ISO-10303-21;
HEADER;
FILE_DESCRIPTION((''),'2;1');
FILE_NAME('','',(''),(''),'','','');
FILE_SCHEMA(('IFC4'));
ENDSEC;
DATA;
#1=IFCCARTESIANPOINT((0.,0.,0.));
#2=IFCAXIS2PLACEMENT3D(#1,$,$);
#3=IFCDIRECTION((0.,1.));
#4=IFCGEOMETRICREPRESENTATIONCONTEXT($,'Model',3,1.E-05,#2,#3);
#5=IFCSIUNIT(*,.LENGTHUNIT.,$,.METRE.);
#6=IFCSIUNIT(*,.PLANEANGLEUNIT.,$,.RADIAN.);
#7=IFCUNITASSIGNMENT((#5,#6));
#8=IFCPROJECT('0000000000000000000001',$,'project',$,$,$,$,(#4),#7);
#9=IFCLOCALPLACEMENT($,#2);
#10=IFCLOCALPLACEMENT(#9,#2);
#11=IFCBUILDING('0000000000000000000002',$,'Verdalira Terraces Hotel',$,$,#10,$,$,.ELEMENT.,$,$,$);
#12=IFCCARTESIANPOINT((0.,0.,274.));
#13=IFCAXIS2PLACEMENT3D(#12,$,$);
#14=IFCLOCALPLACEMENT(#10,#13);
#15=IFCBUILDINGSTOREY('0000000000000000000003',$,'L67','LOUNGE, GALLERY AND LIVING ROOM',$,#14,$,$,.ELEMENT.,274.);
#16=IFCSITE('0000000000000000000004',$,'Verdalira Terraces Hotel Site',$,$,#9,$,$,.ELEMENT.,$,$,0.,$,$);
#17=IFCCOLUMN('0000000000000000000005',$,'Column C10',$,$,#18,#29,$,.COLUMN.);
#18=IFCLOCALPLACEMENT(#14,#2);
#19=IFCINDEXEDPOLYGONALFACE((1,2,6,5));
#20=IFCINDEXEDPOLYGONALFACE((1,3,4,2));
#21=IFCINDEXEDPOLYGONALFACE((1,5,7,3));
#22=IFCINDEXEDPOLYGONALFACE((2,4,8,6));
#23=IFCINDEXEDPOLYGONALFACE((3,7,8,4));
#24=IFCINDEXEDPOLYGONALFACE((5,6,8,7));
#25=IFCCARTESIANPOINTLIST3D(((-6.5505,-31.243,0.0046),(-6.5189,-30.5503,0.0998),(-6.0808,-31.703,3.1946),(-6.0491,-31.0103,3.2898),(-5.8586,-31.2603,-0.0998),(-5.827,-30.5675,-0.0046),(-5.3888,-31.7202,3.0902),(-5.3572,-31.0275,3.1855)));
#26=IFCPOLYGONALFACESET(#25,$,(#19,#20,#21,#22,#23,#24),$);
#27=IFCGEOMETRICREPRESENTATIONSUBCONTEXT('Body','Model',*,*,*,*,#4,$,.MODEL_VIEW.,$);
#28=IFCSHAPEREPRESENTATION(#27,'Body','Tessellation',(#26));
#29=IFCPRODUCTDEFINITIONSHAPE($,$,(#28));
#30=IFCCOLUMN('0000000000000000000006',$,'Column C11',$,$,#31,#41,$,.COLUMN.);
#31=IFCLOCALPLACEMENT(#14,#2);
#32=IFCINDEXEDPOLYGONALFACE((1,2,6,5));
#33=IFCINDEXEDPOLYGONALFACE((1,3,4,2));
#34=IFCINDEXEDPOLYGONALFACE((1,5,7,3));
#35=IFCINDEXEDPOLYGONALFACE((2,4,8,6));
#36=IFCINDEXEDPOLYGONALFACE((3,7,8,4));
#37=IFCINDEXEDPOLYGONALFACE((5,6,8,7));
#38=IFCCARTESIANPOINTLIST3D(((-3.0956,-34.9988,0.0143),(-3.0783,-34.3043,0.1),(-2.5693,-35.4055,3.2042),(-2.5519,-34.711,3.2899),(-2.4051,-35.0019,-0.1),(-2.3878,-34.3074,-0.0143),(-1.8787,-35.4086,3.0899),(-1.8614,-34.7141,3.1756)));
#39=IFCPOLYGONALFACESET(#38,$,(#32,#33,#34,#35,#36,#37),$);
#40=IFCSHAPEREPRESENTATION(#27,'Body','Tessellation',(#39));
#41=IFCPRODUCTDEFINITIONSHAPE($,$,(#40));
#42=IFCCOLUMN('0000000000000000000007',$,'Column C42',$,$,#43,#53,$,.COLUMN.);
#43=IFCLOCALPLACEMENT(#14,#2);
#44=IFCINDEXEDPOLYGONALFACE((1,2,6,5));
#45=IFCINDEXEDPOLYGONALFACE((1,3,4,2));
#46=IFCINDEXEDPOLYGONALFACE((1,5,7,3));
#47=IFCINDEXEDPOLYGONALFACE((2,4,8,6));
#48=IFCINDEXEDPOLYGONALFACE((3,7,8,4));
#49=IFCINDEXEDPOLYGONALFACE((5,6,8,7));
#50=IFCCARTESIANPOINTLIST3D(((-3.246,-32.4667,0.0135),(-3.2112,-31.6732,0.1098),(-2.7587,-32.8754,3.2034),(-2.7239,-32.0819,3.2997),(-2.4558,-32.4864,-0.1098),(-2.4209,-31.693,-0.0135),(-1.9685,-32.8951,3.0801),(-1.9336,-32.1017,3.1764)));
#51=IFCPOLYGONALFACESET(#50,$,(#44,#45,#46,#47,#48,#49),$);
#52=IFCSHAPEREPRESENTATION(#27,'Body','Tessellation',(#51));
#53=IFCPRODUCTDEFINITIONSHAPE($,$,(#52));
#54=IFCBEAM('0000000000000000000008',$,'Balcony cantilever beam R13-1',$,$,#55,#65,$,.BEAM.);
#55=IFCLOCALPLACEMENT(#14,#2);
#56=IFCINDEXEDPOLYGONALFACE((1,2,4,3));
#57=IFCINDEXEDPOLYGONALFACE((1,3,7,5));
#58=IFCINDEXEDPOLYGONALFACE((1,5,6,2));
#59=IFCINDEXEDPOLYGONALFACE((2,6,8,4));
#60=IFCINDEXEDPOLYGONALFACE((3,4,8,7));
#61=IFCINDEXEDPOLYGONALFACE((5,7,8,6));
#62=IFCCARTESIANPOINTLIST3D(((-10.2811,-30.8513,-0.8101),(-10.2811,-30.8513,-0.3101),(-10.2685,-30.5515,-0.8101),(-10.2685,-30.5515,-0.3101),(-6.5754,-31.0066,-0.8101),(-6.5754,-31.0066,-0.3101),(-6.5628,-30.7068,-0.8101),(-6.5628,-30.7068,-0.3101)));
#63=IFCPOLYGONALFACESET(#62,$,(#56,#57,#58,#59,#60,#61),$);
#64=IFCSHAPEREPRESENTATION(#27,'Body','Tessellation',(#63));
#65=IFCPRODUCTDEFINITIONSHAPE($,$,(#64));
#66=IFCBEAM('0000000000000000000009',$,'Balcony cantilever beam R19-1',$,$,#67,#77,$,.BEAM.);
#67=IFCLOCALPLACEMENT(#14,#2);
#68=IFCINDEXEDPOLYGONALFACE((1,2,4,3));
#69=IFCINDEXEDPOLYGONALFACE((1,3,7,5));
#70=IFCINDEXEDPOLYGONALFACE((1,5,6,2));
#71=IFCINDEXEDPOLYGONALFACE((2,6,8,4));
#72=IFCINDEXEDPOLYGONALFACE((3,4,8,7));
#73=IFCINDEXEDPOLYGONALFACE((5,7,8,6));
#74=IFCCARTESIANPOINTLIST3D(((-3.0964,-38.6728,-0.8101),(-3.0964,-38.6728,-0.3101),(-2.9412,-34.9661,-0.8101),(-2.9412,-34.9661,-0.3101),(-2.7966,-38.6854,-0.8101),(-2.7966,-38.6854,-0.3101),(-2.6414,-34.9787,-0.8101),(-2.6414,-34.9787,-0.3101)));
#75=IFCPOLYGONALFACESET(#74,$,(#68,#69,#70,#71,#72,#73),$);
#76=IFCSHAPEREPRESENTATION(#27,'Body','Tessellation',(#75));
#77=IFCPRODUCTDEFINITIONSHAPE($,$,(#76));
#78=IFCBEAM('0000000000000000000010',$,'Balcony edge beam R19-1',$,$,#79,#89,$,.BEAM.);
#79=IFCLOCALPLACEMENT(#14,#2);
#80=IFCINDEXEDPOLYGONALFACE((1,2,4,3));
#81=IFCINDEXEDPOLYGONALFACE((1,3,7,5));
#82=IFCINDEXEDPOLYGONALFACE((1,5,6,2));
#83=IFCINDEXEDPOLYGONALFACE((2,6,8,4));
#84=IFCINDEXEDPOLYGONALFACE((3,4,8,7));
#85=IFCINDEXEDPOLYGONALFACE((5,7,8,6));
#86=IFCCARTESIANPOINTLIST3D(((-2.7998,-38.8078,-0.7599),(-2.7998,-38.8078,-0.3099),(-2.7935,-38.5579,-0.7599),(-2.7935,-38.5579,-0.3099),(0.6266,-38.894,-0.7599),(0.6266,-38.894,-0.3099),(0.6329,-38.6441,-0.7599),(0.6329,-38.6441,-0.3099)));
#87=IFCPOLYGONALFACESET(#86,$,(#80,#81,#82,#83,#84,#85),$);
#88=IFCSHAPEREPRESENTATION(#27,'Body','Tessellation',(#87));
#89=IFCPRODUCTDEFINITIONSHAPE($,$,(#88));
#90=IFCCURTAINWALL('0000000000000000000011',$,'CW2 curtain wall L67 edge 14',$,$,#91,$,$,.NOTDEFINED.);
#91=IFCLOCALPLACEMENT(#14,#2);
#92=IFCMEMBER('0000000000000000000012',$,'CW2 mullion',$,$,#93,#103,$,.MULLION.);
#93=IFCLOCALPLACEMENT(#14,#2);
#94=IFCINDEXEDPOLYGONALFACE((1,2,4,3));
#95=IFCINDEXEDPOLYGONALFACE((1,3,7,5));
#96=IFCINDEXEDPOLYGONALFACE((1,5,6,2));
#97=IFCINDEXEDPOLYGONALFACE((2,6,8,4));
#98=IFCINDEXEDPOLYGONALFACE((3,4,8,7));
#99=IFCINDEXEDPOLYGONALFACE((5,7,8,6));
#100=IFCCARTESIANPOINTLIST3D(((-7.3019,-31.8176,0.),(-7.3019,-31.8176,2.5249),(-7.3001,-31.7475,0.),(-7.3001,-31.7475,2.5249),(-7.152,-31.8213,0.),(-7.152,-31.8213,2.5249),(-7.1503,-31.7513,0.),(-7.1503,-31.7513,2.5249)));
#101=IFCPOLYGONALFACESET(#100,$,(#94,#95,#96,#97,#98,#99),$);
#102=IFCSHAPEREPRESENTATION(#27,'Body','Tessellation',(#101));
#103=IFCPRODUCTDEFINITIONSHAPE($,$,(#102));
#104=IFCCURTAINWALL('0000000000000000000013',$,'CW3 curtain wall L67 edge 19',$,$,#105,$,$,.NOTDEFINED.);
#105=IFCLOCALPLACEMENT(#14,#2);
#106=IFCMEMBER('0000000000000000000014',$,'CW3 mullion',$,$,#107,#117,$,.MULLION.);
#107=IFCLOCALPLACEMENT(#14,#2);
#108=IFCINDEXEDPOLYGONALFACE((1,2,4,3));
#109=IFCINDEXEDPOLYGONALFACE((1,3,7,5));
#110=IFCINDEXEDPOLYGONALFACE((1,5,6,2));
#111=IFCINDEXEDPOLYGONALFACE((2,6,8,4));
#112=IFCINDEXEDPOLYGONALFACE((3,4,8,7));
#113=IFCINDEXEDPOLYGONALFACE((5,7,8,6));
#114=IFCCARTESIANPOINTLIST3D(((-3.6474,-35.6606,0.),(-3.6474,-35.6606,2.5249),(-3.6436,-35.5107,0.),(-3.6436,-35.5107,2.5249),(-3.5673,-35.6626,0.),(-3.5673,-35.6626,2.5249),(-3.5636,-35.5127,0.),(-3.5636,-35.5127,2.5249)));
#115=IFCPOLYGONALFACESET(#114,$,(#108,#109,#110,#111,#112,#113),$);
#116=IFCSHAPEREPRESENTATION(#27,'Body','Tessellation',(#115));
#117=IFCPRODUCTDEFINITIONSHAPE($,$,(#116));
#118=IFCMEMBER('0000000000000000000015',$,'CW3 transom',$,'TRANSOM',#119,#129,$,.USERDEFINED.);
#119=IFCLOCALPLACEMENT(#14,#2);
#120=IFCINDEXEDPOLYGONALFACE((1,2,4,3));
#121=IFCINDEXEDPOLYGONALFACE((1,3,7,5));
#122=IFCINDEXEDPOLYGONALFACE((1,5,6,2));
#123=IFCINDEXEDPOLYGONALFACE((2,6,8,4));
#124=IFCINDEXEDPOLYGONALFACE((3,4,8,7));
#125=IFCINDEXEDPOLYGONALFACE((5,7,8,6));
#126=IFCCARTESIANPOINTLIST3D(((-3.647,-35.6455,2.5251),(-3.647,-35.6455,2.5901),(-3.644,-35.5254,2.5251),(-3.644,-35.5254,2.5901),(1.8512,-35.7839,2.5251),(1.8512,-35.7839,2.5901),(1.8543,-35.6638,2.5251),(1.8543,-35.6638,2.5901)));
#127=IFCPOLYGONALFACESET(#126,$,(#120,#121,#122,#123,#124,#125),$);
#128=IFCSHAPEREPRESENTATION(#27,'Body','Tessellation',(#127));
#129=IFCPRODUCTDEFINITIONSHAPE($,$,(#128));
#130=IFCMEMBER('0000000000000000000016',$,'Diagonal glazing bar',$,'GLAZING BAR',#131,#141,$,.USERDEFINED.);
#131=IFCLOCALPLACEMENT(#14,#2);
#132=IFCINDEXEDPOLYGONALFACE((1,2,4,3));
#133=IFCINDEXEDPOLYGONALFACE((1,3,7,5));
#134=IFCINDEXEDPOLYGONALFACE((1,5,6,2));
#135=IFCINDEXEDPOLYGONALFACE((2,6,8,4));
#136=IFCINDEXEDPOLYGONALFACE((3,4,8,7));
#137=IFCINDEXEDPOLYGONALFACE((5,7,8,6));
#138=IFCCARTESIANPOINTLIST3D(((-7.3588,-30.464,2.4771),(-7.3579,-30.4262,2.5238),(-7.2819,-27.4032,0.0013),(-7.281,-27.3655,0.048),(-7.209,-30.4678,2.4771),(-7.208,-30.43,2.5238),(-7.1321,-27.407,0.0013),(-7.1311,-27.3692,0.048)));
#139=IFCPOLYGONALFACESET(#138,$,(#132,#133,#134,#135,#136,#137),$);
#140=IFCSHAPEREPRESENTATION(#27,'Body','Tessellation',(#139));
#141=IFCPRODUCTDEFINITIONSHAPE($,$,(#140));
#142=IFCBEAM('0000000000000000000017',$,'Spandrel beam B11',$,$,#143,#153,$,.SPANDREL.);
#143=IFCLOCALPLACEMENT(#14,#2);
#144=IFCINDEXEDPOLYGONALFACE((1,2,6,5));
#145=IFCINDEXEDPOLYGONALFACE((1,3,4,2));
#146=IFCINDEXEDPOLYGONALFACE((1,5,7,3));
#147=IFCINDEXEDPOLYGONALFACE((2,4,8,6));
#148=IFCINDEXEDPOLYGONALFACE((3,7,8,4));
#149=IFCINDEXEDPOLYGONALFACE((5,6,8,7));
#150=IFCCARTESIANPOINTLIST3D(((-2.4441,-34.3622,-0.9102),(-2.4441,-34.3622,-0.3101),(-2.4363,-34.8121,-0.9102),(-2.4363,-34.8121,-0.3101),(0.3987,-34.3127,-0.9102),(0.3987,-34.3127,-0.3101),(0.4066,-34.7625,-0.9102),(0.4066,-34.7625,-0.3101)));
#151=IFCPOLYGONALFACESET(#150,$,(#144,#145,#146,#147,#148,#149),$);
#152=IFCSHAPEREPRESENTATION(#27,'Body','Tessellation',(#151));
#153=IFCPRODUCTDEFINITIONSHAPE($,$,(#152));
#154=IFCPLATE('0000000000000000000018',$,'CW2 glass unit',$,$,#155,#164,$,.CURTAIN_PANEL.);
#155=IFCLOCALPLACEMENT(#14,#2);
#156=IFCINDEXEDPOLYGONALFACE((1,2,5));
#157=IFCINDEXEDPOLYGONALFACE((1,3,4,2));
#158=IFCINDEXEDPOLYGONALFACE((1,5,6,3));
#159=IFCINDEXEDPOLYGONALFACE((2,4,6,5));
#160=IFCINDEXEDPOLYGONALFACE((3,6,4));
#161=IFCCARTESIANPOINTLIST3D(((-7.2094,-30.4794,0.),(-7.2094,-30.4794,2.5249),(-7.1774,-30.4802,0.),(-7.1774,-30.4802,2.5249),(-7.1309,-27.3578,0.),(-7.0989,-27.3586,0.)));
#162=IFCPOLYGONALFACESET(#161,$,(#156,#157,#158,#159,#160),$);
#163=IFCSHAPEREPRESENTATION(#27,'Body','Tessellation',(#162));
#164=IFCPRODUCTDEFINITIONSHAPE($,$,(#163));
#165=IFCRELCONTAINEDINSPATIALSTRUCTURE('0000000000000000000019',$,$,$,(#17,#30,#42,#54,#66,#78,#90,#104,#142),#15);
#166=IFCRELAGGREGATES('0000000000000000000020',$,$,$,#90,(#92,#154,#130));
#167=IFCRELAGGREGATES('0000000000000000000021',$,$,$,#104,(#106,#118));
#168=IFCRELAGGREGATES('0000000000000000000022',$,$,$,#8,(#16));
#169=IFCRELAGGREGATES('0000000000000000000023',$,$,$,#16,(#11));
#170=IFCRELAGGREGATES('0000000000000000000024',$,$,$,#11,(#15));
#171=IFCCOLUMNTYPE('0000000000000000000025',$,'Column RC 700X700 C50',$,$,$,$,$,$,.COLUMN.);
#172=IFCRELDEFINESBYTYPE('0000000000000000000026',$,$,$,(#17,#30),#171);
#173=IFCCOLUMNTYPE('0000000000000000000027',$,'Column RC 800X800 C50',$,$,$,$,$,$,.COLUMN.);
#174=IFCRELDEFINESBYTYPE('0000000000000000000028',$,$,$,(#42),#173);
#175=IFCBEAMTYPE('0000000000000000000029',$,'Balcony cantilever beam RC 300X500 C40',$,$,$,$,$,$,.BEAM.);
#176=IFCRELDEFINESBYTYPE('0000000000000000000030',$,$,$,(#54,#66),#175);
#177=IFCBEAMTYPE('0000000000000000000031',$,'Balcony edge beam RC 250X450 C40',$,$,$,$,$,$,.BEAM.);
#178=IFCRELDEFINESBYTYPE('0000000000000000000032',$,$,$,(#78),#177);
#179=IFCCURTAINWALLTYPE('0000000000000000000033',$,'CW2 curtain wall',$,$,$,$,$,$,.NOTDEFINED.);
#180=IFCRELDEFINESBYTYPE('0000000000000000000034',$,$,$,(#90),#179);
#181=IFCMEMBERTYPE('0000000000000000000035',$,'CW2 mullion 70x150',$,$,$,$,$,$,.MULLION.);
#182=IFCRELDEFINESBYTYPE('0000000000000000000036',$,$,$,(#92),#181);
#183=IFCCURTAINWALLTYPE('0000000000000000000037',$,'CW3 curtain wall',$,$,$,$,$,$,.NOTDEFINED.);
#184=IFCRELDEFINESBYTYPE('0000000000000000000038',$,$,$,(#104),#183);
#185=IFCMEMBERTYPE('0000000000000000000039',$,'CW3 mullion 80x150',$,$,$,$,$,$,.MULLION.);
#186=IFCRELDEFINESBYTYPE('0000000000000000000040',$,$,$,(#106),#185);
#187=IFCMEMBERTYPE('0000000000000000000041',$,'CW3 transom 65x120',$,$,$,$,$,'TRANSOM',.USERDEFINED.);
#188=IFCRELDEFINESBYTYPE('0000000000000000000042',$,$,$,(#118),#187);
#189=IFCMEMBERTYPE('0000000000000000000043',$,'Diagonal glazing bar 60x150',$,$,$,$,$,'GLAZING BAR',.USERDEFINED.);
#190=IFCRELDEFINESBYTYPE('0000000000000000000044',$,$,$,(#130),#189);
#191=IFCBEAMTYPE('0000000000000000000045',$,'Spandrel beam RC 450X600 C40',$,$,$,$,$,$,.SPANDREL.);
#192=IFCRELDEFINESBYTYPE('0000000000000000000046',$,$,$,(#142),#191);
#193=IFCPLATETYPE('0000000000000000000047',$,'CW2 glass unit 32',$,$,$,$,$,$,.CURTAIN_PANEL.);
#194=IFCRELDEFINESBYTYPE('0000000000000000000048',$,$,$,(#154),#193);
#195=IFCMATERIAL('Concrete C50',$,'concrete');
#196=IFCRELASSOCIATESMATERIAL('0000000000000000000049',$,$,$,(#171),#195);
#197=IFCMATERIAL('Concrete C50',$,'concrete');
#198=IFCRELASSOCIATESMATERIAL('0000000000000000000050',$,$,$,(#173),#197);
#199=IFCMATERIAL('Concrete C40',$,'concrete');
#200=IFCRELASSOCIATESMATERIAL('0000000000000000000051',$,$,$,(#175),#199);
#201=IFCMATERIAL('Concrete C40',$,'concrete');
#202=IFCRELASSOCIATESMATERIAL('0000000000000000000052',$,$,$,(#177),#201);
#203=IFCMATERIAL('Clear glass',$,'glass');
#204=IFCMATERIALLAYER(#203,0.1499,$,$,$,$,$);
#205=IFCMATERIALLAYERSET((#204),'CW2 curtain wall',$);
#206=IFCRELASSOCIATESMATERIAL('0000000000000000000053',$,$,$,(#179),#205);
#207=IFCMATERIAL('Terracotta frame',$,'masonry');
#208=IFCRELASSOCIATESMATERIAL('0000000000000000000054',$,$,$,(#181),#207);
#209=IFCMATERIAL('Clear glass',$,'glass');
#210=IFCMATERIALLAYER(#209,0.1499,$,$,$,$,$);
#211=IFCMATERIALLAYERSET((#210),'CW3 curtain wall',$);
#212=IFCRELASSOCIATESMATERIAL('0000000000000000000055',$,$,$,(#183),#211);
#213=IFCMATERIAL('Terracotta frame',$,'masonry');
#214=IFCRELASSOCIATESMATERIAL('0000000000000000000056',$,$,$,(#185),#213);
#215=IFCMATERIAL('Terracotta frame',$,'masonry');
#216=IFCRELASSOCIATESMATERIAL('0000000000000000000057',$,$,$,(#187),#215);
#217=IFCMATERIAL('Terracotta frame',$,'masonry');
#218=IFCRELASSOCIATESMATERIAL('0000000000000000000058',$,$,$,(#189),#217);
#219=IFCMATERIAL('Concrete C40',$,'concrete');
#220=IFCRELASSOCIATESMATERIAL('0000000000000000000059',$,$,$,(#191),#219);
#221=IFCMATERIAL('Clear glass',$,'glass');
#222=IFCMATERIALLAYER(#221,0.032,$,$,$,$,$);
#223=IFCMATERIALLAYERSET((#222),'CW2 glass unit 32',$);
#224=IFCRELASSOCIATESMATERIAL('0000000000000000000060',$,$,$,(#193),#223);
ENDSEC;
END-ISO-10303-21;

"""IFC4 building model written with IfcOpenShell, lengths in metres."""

from ifc_helpers import new_model, si_unit, direction, frame, origin, origin_2d, place, context, subcontext, project, spatial, polyline, rectangle, outline, extrude, material, layer, layer_set, material_profile, profile_set, type_object, element, aggregate, save


model = new_model("IFC4")

# Units and contexts
model_context = context("Model", 3, precision=1e-05, world=origin(), true_north=direction((0.0, 1.0)))
body_context = subcontext(model_context, "Body", "Model", "MODEL_VIEW")
ifc_project = project(units=[si_unit("LENGTHUNIT", "METRE"), si_unit("PLANEANGLEUNIT", "RADIAN")], contexts=[model_context])

# Site, building, storey
site_placement = place(None, origin())
site = spatial("IfcSite", under=ifc_project, at=site_placement, Name="Verdalira Terraces Hotel Site", CompositionType="ELEMENT", RefElevation=0.0)
building_placement = place(site_placement, origin())
building = spatial("IfcBuilding", under=site, at=building_placement, Name="Verdalira Terraces Hotel", CompositionType="ELEMENT")
storey_placement = place(building_placement, frame((0.0, 0.0, 274.0)))
storey = spatial("IfcBuildingStorey", under=building, at=storey_placement, Name="L67", Description="LOUNGE, GALLERY AND LIVING ROOM", CompositionType="ELEMENT", Elevation=274.0)

# Columns
ifc_material_1 = material(Name="Concrete C50", Category="concrete")
ifc_material_profile_1 = material_profile(ifc_material_1, rectangle(XDim=0.7, YDim=0.7, at=origin_2d()), Name="RC 700X700")
ifc_profile_set_1 = profile_set([ifc_material_profile_1], Name="Concrete C50")
column_type_1 = type_object("IfcColumnType", Name="Column RC 700X700 C50", PredefinedType="COLUMN", material=ifc_profile_set_1)
column_1_placement = place(storey_placement, frame((-6.1887, -30.9053, 0.0), z_axis=(0.144221, -0.141223, 0.979416), x_axis=(-0.04519, -0.989671, -0.136047)))
element("IfcColumn", 1, at=column_1_placement, inside=storey, type_object=column_type_1, Name="Column C10", PredefinedType="COLUMN", context=body_context, shape_type="SweptSolid", body=[
    extrude(rectangle(XDim=0.7, YDim=0.7, at=origin_2d()), origin(), (0.0, 0.0, 1.0), 3.2571),
])
column_2_placement = place(storey_placement, frame((-2.7417, -34.6531, 0.0), z_axis=(0.161534, -0.124821, 0.978942), x_axis=(0.986557, -0.004441, -0.163356)))
element("IfcColumn", 2, at=column_2_placement, inside=storey, type_object=column_type_1, Name="Column C11", PredefinedType="COLUMN", context=body_context, shape_type="SweptSolid", body=[
    extrude(rectangle(XDim=0.7, YDim=0.7, at=origin_2d()), origin(), (0.0, 0.0, 1.0), 3.2585),
])
ifc_material_2 = material(Name="Concrete C50", Category="concrete")
ifc_material_profile_2 = material_profile(ifc_material_2, rectangle(XDim=0.8, YDim=0.8, at=origin_2d()), Name="RC 800X800")
ifc_profile_set_2 = profile_set([ifc_material_profile_2], Name="Concrete C50")
column_type_2 = type_object("IfcColumnType", Name="Column RC 800X800 C50", PredefinedType="COLUMN", material=ifc_profile_set_2)
column_3_placement = place(storey_placement, frame((-2.8335, -32.0798, 0.0), z_axis=(0.149814, -0.125646, 0.980698), x_axis=(-0.043559, -0.991768, -0.12041)))
element("IfcColumn", 3, at=column_3_placement, inside=storey, type_object=column_type_2, Name="Column C42", PredefinedType="COLUMN", context=body_context, shape_type="SweptSolid", body=[
    extrude(rectangle(XDim=0.8, YDim=0.8, at=origin_2d()), origin(), (0.0, 0.0, 1.0), 3.2527),
])

# Beams
ifc_material_3 = material(Name="Concrete C40", Category="concrete")
ifc_material_profile_3 = material_profile(ifc_material_3, rectangle(XDim=0.3, YDim=0.5, at=origin_2d()), Name="RC 300X500")
ifc_profile_set_3 = profile_set([ifc_material_profile_3], Name="Concrete C40")
beam_type_1 = type_object("IfcBeamType", Name="Balcony cantilever beam RC 300X500 C40", PredefinedType="BEAM", material=ifc_profile_set_3)
beam_1_placement = place(storey_placement, frame((-6.5691, -30.8567, -0.5601), z_axis=(-0.999123, 0.041863, 0.0), x_axis=(-0.041863, -0.999123, 0.0)))
element("IfcBeam", 4, at=beam_1_placement, inside=storey, type_object=beam_type_1, Name="Balcony cantilever beam R13-1", PredefinedType="BEAM", context=body_context, shape_type="SweptSolid", body=[
    extrude(rectangle(XDim=0.3, YDim=0.5, at=origin_2d()), origin(), (0.0, 0.0, 1.0), 3.709),
])
beam_2_placement = place(storey_placement, frame((-2.7913, -34.9724, -0.5601), z_axis=(-0.041852, -0.999124, 0.0), x_axis=(0.999124, -0.041852, 0.0)))
element("IfcBeam", 5, at=beam_2_placement, inside=storey, type_object=beam_type_1, Name="Balcony cantilever beam R19-1", PredefinedType="BEAM", context=body_context, shape_type="SweptSolid", body=[
    extrude(rectangle(XDim=0.3, YDim=0.5, at=origin_2d()), origin(), (0.0, 0.0, 1.0), 3.71),
])
ifc_material_4 = material(Name="Concrete C40", Category="concrete")
ifc_material_profile_4 = material_profile(ifc_material_4, rectangle(XDim=0.25, YDim=0.45, at=origin_2d()), Name="RC 250X450")
ifc_profile_set_4 = profile_set([ifc_material_profile_4], Name="Concrete C40")
beam_type_2 = type_object("IfcBeamType", Name="Balcony edge beam RC 250X450 C40", PredefinedType="BEAM", material=ifc_profile_set_4)
beam_3_placement = place(storey_placement, frame((-2.7966, -38.6829, -0.5349), z_axis=(0.999684, -0.025143, 0.0), x_axis=(0.025143, 0.999684, 0.0)))
element("IfcBeam", 6, at=beam_3_placement, inside=storey, type_object=beam_type_2, Name="Balcony edge beam R19-1", PredefinedType="BEAM", context=body_context, shape_type="SweptSolid", body=[
    extrude(rectangle(XDim=0.25, YDim=0.45, at=origin_2d()), origin(), (0.0, 0.0, 1.0), 3.4275),
])

# Curtain wall, member
ifc_material_5 = material(Name="Clear glass", Category="glass")
ifc_layer_1 = layer(ifc_material_5, 0.1499)
ifc_layer_set_1 = layer_set([ifc_layer_1], Name="CW2 curtain wall")
curtain_wall_type_1 = type_object("IfcCurtainWallType", Name="CW2 curtain wall", PredefinedType="NOTDEFINED", material=ifc_layer_set_1)
curtain_wall_1_placement = place(storey_placement, origin())
curtain_wall_1 = element("IfcCurtainWall", 7, at=curtain_wall_1_placement, inside=storey, type_object=curtain_wall_type_1, Name="CW2 curtain wall L67 edge 14", PredefinedType="NOTDEFINED")
ifc_material_6 = material(Name="Terracotta frame", Category="masonry")
ifc_material_profile_5 = material_profile(ifc_material_6, rectangle(XDim=0.0701, YDim=0.1499, at=origin_2d()), Name="MU 70x150")
ifc_profile_set_5 = profile_set([ifc_material_profile_5], Name="Terracotta frame")
member_type_1 = type_object("IfcMemberType", Name="CW2 mullion 70x150", PredefinedType="MULLION", material=ifc_profile_set_5)
member_1_placement = place(storey_placement, frame((-7.2261, -31.7844, 0.0), z_axis=(0.0, 0.0, 1.0), x_axis=(-0.02513, -0.999684, 0.0)))
member_1 = element("IfcMember", 8, at=member_1_placement, type_object=member_type_1, Name="CW2 mullion", PredefinedType="MULLION", context=body_context, shape_type="SweptSolid", body=[
    extrude(rectangle(XDim=0.0701, YDim=0.1499, at=origin_2d()), origin(), (0.0, 0.0, 1.0), 2.5249),
])

# Curtain wall, members
ifc_material_7 = material(Name="Clear glass", Category="glass")
ifc_layer_2 = layer(ifc_material_7, 0.1499)
ifc_layer_set_2 = layer_set([ifc_layer_2], Name="CW3 curtain wall")
curtain_wall_type_2 = type_object("IfcCurtainWallType", Name="CW3 curtain wall", PredefinedType="NOTDEFINED", material=ifc_layer_set_2)
curtain_wall_2_placement = place(storey_placement, origin())
curtain_wall_2 = element("IfcCurtainWall", 9, at=curtain_wall_2_placement, inside=storey, type_object=curtain_wall_type_2, Name="CW3 curtain wall L67 edge 19", PredefinedType="NOTDEFINED")
ifc_material_8 = material(Name="Terracotta frame", Category="masonry")
ifc_material_profile_6 = material_profile(ifc_material_8, rectangle(XDim=0.0801, YDim=0.1499, at=origin_2d()), Name="MU 80x150")
ifc_profile_set_6 = profile_set([ifc_material_profile_6], Name="Terracotta frame")
member_type_2 = type_object("IfcMemberType", Name="CW3 mullion 80x150", PredefinedType="MULLION", material=ifc_profile_set_6)
member_2_placement = place(storey_placement, frame((-3.6055, -35.5867, 0.0), z_axis=(0.0, 0.0, 1.0), x_axis=(0.999684, -0.02513, 0.0)))
member_2 = element("IfcMember", 10, at=member_2_placement, type_object=member_type_2, Name="CW3 mullion", PredefinedType="MULLION", context=body_context, shape_type="SweptSolid", body=[
    extrude(rectangle(XDim=0.0801, YDim=0.1499, at=origin_2d()), origin(), (0.0, 0.0, 1.0), 2.5249),
])
ifc_material_9 = material(Name="Terracotta frame", Category="masonry")
ifc_material_profile_7 = material_profile(ifc_material_9, rectangle(XDim=0.1201, YDim=0.0649, at=origin_2d()), Name="TR 65x120")
ifc_profile_set_7 = profile_set([ifc_material_profile_7], Name="Terracotta frame")
member_type_3 = type_object("IfcMemberType", Name="CW3 transom 65x120", ElementType="TRANSOM", PredefinedType="USERDEFINED", material=ifc_profile_set_7)
member_3_placement = place(storey_placement, frame((-3.6455, -35.5854, 2.5576), z_axis=(0.999683, -0.025169, 0.0), x_axis=(0.025169, 0.999683, 0.0)))
member_3 = element("IfcMember", 11, at=member_3_placement, type_object=member_type_3, Name="CW3 transom", ObjectType="TRANSOM", PredefinedType="USERDEFINED", context=body_context, shape_type="SweptSolid", body=[
    extrude(rectangle(XDim=0.1201, YDim=0.0649, at=origin_2d()), origin(), (0.0, 0.0, 1.0), 5.5),
])

# Member
ifc_material_10 = material(Name="Terracotta frame", Category="masonry")
ifc_material_profile_8 = material_profile(ifc_material_10, rectangle(XDim=0.1499, YDim=0.0601, at=origin_2d()), Name="GB 60x150")
ifc_profile_set_8 = profile_set([ifc_material_profile_8], Name="Terracotta frame")
member_type_4 = type_object("IfcMemberType", Name="Diagonal glazing bar 60x150", ElementType="GLAZING BAR", PredefinedType="USERDEFINED", material=ifc_profile_set_8)
member_4_placement = place(storey_placement, frame((-7.2065, -27.3862, 0.0247), z_axis=(-0.019531, -0.777339, 0.628779), x_axis=(0.999685, -0.025118, 0.0)))
member_4 = element("IfcMember", 12, at=member_4_placement, type_object=member_type_4, Name="Diagonal glazing bar", ObjectType="GLAZING BAR", PredefinedType="USERDEFINED", context=body_context, shape_type="SweptSolid", body=[
    extrude(rectangle(XDim=0.1499, YDim=0.0601, at=origin_2d()), origin(), (0.0, 0.0, 1.0), 3.9375),
])

# Beam
ifc_material_11 = material(Name="Concrete C40", Category="concrete")
ifc_material_profile_9 = material_profile(ifc_material_11, rectangle(XDim=0.45, YDim=0.6001, at=origin_2d()), Name="RC 450X600")
ifc_profile_set_9 = profile_set([ifc_material_profile_9], Name="Concrete C40")
beam_type_3 = type_object("IfcBeamType", Name="Spandrel beam RC 450X600 C40", PredefinedType="SPANDREL", material=ifc_profile_set_9)
beam_4_placement = place(storey_placement, frame((-2.4402, -34.5872, -0.6101), z_axis=(0.999848, 0.017431, 0.0), x_axis=(-0.017431, 0.999848, 0.0)))
element("IfcBeam", 13, at=beam_4_placement, inside=storey, type_object=beam_type_3, Name="Spandrel beam B11", PredefinedType="SPANDREL", context=body_context, shape_type="SweptSolid", body=[
    extrude(rectangle(XDim=0.45, YDim=0.6001, at=origin_2d()), origin(), (0.0, 0.0, 1.0), 2.8433),
])

# Plate
ifc_material_12 = material(Name="Clear glass", Category="glass")
ifc_layer_3 = layer(ifc_material_12, 0.032)
ifc_layer_set_3 = layer_set([ifc_layer_3], Name="CW2 glass unit 32")
plate_type_1 = type_object("IfcPlateType", Name="CW2 glass unit 32", PredefinedType="CURTAIN_PANEL", material=ifc_layer_set_3)
plate_1_placement = place(storey_placement, frame((-7.1382, -28.9194, 1.2625), z_axis=(-0.999684, 0.02513, 0.0), x_axis=(-0.02513, -0.999684, 0.0)))
plate_1 = element("IfcPlate", 14, at=plate_1_placement, type_object=plate_type_1, Name="CW2 glass unit", PredefinedType="CURTAIN_PANEL", context=body_context, shape_type="SweptSolid", body=[
    extrude(outline(polyline([(-1.5613, -1.2625), (1.5613, -1.2625), (1.5613, 1.2625), (-1.5613, -1.2625)])), origin(), (0.0, 0.0, 1.0), 0.032),
])
aggregate(curtain_wall_1, [member_1, plate_1, member_4])
aggregate(curtain_wall_2, [member_2, member_3])

save(model, "model.ifc")
